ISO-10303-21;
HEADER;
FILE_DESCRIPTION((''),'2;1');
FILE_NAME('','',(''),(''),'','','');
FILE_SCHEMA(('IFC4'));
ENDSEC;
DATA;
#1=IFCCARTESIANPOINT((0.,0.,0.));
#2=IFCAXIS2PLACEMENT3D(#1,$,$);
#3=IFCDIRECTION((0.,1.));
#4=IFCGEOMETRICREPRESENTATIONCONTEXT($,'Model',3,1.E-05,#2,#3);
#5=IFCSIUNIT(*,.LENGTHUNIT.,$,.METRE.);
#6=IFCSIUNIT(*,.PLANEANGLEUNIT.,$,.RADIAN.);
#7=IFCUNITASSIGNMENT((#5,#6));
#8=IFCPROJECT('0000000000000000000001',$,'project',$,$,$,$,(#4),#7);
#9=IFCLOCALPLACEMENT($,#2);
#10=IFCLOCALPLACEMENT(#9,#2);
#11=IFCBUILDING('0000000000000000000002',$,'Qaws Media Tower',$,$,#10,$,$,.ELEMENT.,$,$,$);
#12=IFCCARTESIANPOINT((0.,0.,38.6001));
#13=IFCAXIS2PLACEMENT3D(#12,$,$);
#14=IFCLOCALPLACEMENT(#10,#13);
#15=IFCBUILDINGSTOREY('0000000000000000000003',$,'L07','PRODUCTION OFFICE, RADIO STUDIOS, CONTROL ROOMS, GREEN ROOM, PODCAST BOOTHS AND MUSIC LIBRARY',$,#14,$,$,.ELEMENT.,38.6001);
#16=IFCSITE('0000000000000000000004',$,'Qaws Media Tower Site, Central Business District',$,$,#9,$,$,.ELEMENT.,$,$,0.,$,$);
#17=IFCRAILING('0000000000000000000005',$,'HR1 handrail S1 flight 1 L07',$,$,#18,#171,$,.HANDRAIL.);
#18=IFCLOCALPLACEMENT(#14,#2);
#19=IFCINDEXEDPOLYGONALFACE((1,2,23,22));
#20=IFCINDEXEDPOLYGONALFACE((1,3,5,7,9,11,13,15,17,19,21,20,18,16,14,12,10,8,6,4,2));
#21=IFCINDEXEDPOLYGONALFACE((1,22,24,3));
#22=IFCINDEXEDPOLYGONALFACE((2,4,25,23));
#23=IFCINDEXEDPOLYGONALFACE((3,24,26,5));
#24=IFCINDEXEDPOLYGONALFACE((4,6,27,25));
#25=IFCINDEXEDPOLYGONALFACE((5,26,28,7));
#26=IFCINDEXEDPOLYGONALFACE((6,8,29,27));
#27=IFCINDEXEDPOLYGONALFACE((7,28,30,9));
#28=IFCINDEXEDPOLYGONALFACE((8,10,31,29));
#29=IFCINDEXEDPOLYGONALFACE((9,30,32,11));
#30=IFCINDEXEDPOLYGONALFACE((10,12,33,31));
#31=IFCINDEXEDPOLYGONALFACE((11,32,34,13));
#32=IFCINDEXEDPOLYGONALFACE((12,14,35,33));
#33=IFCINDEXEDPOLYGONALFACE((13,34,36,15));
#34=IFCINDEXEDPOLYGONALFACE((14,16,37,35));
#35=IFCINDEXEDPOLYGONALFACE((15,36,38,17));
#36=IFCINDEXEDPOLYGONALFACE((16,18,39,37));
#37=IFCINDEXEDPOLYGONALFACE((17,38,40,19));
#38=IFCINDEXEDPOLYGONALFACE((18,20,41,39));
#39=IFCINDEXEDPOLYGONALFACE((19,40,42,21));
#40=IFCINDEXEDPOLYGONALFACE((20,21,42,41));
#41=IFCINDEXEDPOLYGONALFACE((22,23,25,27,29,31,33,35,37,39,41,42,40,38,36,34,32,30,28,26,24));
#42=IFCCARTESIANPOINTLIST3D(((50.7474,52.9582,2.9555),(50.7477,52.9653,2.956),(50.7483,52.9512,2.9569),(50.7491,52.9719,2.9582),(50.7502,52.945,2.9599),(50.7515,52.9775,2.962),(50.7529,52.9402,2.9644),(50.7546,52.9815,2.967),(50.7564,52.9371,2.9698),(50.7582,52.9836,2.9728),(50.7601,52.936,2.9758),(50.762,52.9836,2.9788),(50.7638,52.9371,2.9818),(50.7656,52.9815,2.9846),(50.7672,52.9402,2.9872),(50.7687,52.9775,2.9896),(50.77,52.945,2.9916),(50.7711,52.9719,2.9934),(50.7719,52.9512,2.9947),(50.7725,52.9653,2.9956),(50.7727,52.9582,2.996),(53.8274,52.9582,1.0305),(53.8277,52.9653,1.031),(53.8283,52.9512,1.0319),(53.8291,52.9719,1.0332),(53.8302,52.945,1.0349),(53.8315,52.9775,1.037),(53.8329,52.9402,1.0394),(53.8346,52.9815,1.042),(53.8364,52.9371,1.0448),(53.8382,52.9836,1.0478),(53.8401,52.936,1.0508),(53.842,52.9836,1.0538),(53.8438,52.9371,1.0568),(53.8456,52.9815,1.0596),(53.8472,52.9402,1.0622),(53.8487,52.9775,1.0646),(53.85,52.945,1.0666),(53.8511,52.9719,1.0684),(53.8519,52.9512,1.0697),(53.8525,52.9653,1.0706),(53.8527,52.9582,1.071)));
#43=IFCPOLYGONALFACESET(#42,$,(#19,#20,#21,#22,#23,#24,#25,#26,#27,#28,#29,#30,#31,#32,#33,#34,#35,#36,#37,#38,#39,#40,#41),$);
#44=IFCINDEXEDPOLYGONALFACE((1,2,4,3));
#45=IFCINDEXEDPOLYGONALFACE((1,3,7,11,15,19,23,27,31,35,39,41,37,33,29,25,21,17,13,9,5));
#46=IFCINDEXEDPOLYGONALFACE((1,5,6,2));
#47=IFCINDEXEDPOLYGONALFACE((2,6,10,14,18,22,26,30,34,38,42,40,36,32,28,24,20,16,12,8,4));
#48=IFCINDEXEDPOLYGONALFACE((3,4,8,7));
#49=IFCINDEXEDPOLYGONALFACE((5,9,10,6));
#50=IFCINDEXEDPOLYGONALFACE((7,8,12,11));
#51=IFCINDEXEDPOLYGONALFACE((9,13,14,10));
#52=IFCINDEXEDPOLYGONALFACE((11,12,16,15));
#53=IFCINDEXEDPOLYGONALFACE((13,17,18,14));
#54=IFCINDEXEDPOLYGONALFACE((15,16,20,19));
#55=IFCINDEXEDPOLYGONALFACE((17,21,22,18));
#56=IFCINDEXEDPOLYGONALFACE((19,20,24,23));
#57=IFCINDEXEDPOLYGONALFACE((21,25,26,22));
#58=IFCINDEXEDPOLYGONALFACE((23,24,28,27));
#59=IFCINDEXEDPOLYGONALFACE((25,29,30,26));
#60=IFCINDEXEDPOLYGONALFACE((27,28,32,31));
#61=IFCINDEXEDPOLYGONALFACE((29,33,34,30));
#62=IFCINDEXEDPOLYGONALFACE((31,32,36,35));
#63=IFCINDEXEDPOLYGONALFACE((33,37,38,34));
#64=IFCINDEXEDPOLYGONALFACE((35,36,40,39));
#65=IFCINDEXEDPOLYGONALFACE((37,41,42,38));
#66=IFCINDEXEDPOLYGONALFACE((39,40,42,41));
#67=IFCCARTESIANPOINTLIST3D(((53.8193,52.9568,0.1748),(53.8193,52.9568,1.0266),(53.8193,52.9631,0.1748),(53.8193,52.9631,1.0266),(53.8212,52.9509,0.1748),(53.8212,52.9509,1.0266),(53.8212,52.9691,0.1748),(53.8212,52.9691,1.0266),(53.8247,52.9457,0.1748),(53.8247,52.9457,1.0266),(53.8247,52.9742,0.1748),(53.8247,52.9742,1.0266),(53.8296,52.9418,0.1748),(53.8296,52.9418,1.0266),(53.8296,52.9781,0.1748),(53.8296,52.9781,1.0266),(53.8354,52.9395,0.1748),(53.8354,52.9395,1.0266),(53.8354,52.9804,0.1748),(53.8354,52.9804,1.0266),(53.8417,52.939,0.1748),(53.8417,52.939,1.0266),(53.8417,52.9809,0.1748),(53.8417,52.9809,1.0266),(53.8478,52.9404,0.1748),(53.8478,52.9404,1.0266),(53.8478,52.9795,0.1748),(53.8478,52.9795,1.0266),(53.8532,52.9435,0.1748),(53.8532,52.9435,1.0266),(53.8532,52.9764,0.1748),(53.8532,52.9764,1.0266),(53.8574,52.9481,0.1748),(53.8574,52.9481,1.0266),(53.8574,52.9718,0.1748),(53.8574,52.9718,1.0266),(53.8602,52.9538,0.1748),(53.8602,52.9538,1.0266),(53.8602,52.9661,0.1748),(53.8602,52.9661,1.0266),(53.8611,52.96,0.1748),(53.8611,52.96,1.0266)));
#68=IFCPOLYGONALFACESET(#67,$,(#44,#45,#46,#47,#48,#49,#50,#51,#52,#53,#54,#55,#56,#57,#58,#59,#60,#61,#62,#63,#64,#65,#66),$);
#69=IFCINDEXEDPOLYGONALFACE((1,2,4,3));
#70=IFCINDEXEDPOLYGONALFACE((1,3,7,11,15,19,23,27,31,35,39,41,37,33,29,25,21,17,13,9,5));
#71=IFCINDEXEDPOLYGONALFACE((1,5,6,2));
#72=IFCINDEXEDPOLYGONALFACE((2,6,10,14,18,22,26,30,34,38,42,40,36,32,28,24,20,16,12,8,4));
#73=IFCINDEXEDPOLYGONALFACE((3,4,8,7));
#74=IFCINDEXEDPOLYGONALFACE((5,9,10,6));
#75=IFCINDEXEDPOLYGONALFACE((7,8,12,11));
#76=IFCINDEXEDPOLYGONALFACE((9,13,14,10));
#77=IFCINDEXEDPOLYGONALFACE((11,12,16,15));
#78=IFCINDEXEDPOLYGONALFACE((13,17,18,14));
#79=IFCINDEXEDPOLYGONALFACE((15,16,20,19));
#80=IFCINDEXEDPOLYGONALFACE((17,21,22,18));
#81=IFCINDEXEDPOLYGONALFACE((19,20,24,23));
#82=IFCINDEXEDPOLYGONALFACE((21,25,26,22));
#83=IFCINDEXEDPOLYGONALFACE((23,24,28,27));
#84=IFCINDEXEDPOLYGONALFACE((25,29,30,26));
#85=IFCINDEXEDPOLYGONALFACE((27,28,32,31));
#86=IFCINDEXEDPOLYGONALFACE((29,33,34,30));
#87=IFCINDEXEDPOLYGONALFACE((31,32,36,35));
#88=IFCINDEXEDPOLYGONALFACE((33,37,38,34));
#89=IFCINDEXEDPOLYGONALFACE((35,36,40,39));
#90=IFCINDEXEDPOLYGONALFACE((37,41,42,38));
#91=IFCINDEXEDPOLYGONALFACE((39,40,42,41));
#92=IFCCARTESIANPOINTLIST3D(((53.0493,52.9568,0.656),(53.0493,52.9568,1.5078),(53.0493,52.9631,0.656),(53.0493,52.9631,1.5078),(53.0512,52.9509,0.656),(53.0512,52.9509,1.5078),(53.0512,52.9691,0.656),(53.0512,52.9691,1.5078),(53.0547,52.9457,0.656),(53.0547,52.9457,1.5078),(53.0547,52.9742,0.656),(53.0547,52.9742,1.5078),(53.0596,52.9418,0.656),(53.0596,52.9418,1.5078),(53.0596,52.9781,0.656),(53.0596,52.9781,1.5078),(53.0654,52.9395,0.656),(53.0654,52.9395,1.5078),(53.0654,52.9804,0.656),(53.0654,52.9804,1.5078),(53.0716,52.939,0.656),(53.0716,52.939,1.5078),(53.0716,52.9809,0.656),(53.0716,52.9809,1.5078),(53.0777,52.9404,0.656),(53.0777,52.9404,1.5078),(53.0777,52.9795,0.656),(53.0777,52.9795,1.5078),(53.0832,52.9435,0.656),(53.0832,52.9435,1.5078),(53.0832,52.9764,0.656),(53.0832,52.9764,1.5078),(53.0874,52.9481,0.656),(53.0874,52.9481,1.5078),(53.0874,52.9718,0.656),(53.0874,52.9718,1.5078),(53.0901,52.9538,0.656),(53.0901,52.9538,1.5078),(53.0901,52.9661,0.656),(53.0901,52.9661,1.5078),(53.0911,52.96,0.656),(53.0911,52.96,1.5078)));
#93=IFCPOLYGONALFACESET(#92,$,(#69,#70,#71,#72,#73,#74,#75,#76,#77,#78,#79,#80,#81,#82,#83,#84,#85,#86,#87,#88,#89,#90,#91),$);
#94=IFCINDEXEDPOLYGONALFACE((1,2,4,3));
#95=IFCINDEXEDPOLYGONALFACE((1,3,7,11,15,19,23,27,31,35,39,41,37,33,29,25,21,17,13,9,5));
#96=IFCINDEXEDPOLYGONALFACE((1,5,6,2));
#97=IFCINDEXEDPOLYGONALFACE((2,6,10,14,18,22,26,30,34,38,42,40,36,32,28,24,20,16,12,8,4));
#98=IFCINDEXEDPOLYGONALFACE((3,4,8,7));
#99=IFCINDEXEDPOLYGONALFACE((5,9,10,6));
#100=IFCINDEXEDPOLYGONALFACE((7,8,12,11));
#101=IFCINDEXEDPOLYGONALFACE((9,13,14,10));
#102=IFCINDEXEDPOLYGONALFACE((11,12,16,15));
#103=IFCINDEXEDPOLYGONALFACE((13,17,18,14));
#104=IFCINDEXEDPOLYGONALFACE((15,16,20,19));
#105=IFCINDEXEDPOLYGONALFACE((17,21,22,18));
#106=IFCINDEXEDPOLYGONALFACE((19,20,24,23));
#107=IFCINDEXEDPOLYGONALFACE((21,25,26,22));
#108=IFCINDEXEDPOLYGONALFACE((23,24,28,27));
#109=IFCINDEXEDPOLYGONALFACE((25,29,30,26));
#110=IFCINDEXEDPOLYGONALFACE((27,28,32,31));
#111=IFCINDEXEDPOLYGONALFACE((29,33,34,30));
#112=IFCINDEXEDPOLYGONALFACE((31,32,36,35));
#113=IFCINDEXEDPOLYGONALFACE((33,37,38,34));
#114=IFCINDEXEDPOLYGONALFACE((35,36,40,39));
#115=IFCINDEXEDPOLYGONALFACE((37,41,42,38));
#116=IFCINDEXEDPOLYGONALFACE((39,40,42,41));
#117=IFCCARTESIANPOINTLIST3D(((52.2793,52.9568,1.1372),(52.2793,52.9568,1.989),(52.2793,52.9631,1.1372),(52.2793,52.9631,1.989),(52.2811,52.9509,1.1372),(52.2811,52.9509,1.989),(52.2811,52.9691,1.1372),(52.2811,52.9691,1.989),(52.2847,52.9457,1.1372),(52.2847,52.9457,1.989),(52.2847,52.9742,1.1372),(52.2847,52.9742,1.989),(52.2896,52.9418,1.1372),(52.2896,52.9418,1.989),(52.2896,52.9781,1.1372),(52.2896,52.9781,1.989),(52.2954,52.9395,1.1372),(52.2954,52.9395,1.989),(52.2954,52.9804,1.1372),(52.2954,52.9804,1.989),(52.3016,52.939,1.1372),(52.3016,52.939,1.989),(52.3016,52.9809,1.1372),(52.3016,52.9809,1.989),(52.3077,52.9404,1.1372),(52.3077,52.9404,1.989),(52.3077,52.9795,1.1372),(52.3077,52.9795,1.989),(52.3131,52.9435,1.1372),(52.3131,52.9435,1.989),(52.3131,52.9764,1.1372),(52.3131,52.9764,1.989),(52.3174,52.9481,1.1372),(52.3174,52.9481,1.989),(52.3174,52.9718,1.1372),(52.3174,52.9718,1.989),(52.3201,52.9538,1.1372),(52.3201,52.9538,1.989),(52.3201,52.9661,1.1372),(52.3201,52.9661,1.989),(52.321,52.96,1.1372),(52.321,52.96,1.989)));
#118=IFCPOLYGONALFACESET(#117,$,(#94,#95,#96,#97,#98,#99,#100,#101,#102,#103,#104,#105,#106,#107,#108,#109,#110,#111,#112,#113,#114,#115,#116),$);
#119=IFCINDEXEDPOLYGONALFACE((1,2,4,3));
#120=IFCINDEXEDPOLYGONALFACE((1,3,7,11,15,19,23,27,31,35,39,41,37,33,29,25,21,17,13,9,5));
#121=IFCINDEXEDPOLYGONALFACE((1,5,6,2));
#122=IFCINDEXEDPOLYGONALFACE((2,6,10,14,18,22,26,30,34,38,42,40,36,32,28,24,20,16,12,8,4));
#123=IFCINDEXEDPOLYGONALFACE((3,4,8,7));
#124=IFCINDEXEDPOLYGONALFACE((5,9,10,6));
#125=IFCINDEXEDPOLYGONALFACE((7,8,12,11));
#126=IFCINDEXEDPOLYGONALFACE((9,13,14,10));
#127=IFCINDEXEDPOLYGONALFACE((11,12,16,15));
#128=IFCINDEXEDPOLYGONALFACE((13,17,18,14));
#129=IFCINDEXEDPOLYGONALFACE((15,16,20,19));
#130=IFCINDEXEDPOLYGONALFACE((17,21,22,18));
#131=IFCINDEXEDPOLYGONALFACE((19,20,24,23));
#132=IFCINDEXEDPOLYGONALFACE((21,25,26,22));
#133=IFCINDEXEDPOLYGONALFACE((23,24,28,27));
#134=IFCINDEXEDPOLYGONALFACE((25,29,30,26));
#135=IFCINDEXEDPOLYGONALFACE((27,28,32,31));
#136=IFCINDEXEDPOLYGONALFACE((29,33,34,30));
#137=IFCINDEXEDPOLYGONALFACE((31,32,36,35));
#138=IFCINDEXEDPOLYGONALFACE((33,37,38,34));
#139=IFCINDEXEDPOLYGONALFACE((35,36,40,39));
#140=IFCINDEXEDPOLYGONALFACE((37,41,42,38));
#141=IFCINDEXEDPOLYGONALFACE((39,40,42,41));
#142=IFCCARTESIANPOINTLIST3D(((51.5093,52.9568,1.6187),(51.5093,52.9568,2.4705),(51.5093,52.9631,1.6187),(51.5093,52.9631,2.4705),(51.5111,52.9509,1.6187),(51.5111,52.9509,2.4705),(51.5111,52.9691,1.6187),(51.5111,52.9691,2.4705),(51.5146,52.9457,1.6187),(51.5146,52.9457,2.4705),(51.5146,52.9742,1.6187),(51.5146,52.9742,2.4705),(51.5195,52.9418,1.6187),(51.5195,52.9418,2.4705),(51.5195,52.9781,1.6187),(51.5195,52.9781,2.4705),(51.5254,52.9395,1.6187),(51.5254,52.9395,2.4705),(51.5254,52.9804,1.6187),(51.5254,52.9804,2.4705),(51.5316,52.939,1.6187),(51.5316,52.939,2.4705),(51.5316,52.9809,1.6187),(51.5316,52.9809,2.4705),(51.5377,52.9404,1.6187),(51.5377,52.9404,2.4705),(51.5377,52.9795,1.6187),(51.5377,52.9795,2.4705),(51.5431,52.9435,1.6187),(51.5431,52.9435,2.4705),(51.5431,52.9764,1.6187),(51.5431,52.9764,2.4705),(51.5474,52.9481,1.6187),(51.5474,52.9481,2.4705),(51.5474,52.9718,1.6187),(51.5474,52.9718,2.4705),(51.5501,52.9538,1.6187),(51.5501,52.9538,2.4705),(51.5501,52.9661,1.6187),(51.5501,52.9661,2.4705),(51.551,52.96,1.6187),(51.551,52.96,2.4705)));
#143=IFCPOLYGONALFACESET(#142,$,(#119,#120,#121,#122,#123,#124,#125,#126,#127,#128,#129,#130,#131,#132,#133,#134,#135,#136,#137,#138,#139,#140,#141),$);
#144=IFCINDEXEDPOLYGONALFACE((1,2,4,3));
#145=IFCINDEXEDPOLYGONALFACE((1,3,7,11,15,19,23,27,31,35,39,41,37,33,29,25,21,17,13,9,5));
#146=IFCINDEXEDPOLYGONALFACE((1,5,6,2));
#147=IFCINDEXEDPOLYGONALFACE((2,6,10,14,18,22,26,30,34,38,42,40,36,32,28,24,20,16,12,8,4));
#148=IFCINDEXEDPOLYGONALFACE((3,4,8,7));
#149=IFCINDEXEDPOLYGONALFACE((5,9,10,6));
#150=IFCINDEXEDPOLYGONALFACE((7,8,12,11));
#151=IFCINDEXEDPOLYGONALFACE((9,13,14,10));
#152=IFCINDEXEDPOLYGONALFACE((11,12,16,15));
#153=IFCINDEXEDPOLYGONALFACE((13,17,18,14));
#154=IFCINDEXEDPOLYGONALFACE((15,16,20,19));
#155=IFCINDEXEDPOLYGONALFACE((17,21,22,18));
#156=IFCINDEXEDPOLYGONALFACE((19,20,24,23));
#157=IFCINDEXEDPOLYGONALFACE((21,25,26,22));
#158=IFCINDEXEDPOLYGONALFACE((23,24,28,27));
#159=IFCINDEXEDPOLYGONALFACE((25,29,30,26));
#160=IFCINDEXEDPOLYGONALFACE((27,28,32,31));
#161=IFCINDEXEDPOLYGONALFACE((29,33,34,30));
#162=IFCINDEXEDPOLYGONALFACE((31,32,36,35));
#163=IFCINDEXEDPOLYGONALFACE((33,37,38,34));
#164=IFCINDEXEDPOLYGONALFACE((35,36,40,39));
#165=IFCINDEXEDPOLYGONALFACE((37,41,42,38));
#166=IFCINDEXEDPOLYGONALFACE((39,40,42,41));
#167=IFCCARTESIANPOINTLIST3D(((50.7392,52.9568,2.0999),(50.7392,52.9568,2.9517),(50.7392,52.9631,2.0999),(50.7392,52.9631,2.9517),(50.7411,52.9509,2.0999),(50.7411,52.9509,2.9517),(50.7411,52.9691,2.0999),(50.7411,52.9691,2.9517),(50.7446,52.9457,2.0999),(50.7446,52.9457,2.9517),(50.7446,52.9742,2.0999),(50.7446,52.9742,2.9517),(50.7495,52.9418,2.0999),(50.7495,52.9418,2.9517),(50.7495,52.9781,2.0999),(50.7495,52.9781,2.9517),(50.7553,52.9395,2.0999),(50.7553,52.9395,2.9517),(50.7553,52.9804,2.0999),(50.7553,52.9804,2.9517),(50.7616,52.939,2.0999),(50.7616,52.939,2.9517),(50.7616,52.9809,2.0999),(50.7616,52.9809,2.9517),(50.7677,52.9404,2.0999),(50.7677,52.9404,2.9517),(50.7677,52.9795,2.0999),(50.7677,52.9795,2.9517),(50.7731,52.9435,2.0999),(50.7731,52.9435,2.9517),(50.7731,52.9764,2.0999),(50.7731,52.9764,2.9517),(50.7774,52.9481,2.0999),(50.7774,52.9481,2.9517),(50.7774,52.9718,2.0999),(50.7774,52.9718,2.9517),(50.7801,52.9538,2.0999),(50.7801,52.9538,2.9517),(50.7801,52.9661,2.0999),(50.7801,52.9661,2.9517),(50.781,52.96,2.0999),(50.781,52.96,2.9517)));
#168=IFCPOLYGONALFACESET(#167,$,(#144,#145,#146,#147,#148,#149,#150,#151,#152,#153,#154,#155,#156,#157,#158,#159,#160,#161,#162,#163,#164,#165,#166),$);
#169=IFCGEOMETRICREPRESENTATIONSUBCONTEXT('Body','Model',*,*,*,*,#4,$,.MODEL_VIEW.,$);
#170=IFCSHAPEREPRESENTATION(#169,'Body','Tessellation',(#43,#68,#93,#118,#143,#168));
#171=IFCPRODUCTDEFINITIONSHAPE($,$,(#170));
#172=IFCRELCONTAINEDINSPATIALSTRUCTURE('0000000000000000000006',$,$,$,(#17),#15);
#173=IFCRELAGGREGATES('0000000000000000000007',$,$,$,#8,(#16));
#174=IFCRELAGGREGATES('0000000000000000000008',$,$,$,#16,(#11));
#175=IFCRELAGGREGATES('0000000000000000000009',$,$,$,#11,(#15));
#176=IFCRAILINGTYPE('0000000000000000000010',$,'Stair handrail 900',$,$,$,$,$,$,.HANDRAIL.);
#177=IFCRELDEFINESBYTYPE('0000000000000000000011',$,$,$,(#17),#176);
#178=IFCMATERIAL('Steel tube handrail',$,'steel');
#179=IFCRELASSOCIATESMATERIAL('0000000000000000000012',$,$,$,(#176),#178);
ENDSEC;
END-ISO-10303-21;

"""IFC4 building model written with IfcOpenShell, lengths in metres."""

from ifc_helpers import new_model, si_unit, direction, frame, origin, origin_2d, place, context, subcontext, project, spatial, circle, extrude, material, type_object, element, save


model = new_model("IFC4")

# Units and contexts
model_context = context("Model", 3, precision=1e-05, world=origin(), true_north=direction((0.0, 1.0)))
body_context = subcontext(model_context, "Body", "Model", "MODEL_VIEW")
ifc_project = project(units=[si_unit("LENGTHUNIT", "METRE"), si_unit("PLANEANGLEUNIT", "RADIAN")], contexts=[model_context])

# Site, building, storey
site_placement = place(None, origin())
site = spatial("IfcSite", under=ifc_project, at=site_placement, Name="Qaws Media Tower Site, Central Business District", CompositionType="ELEMENT", RefElevation=0.0)
building_placement = place(site_placement, origin())
building = spatial("IfcBuilding", under=site, at=building_placement, Name="Qaws Media Tower", CompositionType="ELEMENT")
storey_placement = place(building_placement, frame((0.0, 0.0, 38.6001)))
storey = spatial("IfcBuildingStorey", under=building, at=storey_placement, Name="L07", Description="PRODUCTION OFFICE, RADIO STUDIOS, CONTROL ROOMS, GREEN ROOM, PODCAST BOOTHS AND MUSIC LIBRARY", CompositionType="ELEMENT", Elevation=38.6001)

# Railing
ifc_material_1 = material(Name="Steel tube handrail", Category="steel")
railing_type = type_object("IfcRailingType", Name="Stair handrail 900", PredefinedType="HANDRAIL", material=ifc_material_1)
railing_placement = place(storey_placement, frame((53.8401, 52.96, 0.1748)))
element("IfcRailing", 1, at=railing_placement, inside=storey, type_object=railing_type, Name="HR1 handrail S1 flight 1 L07", PredefinedType="HANDRAIL", context=body_context, shape_type="SweptSolid", body=[
    extrude(circle(Radius=0.0239, at=origin_2d()), frame((0.0, 0.0, 0.876), z_axis=(-0.847998, 0.0, 0.529999), x_axis=(0.0, -1.0, 0.0)), (0.0, 0.0, 1.0), 3.6321),
    extrude(circle(Radius=0.021, at=origin_2d()), origin(), (0.0, 0.0, 1.0), 0.8518),
    extrude(circle(Radius=0.021, at=origin_2d()), frame((-0.77, 0.0, 0.4812)), (0.0, 0.0, 1.0), 0.8518),
    extrude(circle(Radius=0.021, at=origin_2d()), frame((-1.54, 0.0, 0.9624)), (0.0, 0.0, 1.0), 0.8518),
    extrude(circle(Radius=0.021, at=origin_2d()), frame((-2.3101, 0.0, 1.4438)), (0.0, 0.0, 1.0), 0.8518),
    extrude(circle(Radius=0.021, at=origin_2d()), frame((-3.0801, 0.0, 1.925)), (0.0, 0.0, 1.0), 0.8518),
])

save(model, "model.ifc")
